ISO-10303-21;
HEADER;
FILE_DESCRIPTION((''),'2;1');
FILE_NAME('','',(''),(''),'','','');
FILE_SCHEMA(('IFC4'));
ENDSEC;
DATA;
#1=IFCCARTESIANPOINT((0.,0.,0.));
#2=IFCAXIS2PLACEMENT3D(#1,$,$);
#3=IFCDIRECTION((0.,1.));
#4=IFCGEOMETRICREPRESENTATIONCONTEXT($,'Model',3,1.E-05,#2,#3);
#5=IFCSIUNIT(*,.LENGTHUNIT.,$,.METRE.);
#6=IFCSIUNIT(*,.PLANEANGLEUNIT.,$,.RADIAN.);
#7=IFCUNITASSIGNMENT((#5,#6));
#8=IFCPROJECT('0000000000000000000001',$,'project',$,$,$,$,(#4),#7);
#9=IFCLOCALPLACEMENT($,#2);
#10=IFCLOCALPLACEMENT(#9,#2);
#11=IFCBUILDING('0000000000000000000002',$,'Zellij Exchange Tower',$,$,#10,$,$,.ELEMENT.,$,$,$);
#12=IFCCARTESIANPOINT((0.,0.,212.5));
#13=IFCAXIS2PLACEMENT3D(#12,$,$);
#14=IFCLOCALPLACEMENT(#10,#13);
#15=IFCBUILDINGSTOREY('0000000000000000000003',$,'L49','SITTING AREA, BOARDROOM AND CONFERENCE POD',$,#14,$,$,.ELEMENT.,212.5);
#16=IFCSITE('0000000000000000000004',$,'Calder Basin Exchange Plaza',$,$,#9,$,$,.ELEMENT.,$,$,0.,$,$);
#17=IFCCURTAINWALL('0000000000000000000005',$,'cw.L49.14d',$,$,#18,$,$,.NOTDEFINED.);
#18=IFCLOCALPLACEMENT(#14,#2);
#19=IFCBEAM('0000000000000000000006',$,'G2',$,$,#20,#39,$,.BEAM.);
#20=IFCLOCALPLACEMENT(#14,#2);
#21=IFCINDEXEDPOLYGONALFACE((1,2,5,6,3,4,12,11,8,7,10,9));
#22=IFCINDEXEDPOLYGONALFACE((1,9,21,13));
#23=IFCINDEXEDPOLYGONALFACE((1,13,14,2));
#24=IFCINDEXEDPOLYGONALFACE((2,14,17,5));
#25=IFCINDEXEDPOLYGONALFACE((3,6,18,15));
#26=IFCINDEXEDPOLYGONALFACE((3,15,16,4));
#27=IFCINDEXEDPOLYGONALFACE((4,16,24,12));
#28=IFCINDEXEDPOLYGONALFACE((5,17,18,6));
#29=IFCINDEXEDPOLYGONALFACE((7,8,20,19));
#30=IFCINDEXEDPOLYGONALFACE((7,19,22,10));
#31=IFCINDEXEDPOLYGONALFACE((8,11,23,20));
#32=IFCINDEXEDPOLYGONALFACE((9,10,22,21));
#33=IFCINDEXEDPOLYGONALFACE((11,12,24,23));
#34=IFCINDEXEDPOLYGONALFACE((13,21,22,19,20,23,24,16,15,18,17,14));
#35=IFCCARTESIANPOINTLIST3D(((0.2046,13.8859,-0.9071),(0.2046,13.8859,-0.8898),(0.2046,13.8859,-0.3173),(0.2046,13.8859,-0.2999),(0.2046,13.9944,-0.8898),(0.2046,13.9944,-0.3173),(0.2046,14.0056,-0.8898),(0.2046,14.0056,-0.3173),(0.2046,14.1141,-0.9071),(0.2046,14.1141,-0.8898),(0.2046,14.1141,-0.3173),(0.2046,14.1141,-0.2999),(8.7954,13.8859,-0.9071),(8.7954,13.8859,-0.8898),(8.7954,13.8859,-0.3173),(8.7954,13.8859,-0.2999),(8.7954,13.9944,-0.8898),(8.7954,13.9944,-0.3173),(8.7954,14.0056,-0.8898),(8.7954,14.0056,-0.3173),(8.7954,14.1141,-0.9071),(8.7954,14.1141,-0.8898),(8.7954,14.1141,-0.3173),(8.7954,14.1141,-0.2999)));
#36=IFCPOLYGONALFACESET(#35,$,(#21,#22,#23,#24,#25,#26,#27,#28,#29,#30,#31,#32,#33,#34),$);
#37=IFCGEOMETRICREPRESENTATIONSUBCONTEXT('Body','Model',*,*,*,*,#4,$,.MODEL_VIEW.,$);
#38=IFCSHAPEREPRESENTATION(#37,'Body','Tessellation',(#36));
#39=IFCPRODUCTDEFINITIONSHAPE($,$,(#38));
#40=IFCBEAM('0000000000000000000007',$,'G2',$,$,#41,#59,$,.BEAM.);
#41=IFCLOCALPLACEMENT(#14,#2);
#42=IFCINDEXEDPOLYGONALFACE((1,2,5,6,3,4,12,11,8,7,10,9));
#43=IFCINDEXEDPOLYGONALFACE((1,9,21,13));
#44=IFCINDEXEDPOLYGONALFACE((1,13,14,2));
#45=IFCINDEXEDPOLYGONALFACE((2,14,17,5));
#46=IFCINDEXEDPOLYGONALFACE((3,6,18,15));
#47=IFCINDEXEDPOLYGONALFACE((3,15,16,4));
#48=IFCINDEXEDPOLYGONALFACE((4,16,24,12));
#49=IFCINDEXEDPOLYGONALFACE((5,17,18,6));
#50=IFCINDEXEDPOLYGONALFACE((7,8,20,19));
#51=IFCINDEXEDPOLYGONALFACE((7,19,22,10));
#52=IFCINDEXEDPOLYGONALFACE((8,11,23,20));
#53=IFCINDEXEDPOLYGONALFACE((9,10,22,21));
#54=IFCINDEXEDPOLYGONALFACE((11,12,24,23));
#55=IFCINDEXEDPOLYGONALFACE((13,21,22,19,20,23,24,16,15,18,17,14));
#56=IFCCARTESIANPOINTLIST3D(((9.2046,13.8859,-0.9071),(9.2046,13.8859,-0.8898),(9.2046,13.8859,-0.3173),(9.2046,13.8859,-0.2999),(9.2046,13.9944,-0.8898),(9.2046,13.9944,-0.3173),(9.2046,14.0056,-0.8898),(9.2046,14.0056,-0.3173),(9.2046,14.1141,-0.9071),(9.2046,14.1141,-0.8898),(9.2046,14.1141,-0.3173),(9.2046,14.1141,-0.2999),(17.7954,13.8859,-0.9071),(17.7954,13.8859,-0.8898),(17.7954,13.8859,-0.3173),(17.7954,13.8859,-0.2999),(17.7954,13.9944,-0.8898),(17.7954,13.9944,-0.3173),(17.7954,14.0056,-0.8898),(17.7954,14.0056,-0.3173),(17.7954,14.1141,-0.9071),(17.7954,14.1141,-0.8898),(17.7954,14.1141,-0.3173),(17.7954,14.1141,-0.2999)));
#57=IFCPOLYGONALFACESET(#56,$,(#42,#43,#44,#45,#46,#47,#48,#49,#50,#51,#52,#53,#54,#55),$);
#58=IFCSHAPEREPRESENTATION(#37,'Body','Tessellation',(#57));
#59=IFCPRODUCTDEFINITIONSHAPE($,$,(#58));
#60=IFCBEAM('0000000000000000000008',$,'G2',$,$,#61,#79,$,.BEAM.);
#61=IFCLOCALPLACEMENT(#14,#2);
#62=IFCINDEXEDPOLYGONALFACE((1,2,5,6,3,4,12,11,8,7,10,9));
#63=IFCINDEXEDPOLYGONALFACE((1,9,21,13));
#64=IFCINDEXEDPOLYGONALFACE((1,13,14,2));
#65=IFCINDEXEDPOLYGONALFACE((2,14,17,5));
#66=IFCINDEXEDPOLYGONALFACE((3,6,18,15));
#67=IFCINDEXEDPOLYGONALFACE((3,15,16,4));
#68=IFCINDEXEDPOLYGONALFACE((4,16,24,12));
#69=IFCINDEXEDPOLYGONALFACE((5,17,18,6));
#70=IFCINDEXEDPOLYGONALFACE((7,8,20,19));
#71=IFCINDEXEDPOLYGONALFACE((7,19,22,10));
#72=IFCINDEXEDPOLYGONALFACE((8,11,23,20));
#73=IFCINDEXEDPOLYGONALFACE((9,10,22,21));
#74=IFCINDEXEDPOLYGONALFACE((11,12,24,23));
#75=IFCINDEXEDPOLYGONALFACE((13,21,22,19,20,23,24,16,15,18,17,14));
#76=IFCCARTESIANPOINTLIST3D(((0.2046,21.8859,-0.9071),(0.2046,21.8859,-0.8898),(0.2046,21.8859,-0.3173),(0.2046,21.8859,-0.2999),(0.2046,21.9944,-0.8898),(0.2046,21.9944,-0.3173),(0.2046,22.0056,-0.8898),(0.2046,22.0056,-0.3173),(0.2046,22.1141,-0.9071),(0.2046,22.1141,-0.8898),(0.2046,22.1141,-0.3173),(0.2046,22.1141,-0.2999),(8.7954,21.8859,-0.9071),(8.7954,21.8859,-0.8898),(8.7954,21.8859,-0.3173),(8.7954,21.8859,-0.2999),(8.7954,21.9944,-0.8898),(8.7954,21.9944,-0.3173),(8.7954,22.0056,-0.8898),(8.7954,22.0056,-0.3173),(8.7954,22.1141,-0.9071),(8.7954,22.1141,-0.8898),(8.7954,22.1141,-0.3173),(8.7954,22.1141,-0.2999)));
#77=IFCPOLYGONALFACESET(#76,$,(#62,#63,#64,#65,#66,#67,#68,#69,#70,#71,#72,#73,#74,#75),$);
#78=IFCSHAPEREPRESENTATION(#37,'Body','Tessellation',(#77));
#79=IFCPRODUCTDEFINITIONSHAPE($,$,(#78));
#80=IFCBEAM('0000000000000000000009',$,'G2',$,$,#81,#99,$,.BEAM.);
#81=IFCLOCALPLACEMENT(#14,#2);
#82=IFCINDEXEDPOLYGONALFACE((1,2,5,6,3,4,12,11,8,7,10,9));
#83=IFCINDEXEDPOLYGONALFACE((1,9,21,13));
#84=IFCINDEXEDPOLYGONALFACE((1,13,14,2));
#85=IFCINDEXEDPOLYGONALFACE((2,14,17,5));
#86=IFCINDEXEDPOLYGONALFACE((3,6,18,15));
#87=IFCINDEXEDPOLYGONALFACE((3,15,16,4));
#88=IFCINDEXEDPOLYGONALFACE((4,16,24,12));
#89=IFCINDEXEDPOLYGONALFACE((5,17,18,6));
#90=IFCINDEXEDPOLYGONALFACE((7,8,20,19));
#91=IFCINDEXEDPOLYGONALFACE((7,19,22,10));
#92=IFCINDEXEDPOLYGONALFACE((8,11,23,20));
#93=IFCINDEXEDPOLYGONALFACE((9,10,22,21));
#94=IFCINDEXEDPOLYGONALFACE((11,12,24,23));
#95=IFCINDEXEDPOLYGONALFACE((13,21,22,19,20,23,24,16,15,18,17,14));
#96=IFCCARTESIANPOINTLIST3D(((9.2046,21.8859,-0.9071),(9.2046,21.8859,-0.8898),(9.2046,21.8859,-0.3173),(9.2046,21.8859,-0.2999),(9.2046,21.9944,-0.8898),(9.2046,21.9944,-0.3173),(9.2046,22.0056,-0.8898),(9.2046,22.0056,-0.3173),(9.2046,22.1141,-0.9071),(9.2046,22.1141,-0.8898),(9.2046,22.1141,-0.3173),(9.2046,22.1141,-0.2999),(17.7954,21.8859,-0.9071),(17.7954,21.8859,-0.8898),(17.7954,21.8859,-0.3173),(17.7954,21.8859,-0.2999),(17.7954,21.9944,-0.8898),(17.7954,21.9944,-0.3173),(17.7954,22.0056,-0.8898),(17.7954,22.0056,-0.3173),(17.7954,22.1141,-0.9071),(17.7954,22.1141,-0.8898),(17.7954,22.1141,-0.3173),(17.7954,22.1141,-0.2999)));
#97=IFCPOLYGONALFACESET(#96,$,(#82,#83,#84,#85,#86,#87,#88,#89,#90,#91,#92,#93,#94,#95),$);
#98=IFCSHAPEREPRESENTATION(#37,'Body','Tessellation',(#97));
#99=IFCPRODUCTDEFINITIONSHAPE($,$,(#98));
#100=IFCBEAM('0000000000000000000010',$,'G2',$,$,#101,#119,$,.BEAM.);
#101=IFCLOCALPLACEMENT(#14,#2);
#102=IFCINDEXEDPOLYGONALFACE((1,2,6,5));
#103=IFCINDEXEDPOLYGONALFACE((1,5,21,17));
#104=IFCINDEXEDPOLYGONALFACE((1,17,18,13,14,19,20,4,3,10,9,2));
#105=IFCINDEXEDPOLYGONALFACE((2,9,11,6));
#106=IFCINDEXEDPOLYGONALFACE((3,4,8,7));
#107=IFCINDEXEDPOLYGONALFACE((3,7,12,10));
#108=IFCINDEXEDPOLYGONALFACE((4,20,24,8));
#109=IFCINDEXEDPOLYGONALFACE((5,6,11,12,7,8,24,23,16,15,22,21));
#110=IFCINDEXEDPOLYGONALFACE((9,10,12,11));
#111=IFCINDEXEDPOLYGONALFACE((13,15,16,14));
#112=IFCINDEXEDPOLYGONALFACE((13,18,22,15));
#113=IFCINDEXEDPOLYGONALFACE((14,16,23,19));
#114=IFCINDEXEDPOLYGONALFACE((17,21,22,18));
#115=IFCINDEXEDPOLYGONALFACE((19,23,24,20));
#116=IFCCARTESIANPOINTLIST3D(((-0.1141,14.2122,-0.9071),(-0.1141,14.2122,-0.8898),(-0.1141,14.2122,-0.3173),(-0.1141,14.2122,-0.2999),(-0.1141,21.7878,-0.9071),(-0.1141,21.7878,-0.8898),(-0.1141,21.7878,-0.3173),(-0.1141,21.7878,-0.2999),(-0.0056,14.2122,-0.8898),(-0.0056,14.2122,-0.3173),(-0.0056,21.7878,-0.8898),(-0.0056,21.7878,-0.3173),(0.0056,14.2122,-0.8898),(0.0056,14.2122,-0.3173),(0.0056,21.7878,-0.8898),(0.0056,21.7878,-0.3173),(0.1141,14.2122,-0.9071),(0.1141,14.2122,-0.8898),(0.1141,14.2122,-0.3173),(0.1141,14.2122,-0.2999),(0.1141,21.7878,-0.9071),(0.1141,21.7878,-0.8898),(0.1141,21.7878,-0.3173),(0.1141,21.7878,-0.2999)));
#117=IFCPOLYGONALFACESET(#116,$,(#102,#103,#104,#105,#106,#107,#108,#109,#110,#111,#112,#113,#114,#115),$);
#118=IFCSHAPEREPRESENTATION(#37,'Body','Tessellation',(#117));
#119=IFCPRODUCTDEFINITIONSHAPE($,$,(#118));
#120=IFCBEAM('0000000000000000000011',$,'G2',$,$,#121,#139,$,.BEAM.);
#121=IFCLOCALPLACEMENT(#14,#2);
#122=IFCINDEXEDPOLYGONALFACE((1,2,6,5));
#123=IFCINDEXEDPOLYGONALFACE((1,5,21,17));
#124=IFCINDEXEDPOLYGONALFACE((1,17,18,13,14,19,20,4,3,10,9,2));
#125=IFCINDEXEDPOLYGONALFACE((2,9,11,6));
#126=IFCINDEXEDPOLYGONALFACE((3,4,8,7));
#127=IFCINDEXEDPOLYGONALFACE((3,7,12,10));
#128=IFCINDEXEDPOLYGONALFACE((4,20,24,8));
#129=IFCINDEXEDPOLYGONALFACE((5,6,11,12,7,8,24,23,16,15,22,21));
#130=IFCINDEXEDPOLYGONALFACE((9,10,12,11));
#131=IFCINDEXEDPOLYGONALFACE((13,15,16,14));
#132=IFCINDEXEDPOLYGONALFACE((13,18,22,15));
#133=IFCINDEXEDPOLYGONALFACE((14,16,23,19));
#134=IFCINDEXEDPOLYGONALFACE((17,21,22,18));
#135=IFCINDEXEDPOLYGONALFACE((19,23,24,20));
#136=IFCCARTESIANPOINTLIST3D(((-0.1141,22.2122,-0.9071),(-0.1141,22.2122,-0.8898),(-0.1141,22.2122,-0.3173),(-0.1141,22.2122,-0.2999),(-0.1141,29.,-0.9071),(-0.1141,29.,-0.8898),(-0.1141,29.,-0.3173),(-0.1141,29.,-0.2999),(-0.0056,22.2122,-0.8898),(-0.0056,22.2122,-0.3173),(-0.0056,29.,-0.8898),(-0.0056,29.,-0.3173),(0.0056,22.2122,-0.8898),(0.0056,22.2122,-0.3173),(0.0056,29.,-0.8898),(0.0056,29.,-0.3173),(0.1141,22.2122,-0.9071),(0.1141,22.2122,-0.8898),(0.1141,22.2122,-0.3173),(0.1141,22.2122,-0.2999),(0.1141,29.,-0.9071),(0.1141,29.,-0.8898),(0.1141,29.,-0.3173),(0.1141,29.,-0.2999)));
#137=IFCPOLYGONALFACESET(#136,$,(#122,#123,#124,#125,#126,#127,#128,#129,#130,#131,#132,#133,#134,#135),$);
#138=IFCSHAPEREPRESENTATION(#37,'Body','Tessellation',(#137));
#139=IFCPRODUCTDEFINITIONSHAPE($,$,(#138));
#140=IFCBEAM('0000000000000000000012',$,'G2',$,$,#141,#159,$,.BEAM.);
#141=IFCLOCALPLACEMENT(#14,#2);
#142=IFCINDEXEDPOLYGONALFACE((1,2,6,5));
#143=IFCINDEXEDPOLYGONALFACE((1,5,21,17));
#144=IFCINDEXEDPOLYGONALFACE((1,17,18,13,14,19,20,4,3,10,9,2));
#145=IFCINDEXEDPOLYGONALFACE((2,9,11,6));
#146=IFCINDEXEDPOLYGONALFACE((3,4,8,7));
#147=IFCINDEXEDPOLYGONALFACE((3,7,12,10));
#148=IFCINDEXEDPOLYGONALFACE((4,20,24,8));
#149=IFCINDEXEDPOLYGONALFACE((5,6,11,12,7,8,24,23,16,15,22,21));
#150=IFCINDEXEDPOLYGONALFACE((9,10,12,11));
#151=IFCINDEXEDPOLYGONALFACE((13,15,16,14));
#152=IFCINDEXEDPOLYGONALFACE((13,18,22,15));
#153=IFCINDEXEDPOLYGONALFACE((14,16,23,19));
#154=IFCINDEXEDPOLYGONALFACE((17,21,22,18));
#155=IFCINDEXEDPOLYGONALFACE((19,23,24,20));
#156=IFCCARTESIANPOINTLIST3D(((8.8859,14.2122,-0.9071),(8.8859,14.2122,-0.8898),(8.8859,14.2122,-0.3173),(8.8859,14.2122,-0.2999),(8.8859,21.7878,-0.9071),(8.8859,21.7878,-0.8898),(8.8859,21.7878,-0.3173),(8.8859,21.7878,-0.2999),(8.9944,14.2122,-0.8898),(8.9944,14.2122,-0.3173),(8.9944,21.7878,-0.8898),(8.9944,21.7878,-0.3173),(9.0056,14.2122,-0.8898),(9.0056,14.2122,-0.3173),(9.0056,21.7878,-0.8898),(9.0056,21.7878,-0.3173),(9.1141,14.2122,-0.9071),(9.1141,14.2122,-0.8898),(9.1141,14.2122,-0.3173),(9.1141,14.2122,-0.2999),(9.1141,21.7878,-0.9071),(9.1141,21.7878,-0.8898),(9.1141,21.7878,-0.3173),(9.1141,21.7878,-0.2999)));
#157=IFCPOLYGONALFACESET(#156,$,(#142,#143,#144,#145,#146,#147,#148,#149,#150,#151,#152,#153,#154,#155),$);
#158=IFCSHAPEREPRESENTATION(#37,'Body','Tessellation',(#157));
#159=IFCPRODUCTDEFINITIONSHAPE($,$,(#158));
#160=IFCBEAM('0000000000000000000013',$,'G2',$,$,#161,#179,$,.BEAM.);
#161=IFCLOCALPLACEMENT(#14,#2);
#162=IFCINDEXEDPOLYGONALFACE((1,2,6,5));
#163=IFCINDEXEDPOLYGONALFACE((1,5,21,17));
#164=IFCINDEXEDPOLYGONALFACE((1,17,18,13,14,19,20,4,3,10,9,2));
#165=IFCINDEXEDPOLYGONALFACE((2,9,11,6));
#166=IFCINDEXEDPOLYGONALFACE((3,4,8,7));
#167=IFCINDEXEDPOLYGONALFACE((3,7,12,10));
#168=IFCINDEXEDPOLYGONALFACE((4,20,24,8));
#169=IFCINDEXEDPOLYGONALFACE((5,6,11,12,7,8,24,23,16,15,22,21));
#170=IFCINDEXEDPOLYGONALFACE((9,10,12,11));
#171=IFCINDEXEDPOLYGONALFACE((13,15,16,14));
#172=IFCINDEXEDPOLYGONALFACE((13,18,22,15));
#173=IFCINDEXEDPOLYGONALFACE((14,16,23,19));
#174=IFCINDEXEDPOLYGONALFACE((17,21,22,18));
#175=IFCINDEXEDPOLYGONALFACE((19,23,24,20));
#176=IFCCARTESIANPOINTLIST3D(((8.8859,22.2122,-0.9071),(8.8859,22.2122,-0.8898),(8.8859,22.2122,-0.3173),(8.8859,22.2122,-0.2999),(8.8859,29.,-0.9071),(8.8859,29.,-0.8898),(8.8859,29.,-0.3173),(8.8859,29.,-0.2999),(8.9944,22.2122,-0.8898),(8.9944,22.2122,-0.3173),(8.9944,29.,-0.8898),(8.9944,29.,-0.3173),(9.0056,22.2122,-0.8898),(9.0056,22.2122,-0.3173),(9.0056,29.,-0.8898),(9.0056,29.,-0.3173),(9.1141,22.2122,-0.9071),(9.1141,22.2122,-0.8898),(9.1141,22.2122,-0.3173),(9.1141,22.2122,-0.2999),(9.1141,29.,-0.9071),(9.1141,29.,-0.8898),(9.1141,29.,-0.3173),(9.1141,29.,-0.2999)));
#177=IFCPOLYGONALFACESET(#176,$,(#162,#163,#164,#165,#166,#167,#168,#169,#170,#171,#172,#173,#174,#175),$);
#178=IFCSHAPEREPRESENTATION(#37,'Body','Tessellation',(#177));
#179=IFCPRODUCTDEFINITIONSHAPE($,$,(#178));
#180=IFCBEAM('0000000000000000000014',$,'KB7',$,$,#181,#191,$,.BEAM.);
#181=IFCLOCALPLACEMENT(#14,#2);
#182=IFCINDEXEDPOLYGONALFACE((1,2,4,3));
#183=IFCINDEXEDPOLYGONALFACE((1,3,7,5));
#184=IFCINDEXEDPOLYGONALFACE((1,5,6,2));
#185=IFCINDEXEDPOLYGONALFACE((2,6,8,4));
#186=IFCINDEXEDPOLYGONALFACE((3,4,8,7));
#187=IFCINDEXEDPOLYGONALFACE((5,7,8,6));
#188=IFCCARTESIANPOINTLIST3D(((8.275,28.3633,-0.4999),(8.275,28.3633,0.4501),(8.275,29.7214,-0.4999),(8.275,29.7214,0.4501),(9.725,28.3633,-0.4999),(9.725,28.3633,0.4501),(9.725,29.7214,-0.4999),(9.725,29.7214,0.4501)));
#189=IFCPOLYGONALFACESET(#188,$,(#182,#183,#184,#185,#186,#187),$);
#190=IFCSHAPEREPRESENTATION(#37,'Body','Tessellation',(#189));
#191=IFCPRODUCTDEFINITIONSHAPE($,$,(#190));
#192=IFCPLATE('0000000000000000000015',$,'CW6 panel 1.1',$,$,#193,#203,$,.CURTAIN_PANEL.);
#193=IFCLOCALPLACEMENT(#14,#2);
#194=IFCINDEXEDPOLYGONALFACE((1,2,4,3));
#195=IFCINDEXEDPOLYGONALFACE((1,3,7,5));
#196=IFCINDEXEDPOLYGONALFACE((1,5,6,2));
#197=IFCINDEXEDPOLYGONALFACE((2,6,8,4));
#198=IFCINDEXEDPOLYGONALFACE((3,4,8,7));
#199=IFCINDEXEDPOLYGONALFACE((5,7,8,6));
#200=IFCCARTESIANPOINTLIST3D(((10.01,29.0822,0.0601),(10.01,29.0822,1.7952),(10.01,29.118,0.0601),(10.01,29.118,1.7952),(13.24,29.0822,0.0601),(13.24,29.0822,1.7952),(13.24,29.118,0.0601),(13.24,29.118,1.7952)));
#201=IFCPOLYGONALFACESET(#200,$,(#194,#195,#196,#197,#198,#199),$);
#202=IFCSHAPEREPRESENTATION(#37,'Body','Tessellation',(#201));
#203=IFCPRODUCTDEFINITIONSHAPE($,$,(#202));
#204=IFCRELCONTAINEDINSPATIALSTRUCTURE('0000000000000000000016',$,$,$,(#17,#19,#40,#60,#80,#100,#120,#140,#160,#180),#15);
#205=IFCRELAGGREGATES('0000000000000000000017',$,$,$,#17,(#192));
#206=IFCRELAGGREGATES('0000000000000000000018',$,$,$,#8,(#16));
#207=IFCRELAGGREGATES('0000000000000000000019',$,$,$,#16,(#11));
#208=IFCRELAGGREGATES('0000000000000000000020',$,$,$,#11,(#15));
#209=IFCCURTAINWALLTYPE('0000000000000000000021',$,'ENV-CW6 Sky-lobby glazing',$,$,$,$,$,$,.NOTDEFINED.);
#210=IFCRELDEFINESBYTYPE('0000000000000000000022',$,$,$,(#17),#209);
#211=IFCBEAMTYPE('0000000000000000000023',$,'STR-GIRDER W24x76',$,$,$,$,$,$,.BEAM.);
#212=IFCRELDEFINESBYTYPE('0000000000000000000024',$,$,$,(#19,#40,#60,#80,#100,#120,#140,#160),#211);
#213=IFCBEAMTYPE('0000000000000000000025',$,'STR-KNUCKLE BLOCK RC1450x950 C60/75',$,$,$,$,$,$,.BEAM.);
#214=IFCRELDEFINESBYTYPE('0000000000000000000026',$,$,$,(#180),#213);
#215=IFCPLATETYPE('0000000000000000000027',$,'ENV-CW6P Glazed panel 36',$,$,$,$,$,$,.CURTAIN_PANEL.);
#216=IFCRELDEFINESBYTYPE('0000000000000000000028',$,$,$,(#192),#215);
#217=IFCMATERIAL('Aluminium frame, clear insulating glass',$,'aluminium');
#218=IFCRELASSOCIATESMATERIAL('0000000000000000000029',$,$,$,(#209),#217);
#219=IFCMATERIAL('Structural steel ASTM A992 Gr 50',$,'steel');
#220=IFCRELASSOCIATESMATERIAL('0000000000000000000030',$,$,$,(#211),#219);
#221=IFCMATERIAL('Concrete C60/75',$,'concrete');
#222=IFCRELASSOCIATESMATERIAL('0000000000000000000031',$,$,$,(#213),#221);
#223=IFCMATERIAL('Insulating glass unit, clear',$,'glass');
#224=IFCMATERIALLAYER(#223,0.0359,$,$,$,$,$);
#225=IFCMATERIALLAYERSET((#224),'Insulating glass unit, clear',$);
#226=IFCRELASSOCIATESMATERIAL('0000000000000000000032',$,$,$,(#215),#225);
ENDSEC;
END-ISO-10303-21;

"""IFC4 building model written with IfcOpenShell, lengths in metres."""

from ifc_helpers import new_model, si_unit, direction, frame, origin, origin_2d, place, context, subcontext, project, spatial, rectangle, i_section, extrude, material, layer, layer_set, material_profile, profile_set, type_object, element, aggregate, save


model = new_model("IFC4")

# Units and contexts
model_context = context("Model", 3, precision=1e-05, world=origin(), true_north=direction((0.0, 1.0)))
body_context = subcontext(model_context, "Body", "Model", "MODEL_VIEW")
ifc_project = project(units=[si_unit("LENGTHUNIT", "METRE"), si_unit("PLANEANGLEUNIT", "RADIAN")], contexts=[model_context])

# Site, building, storey
site_placement = place(None, origin())
site = spatial("IfcSite", under=ifc_project, at=site_placement, Name="Calder Basin Exchange Plaza", CompositionType="ELEMENT", RefElevation=0.0)
building_placement = place(site_placement, origin())
building = spatial("IfcBuilding", under=site, at=building_placement, Name="Zellij Exchange Tower", CompositionType="ELEMENT")
storey_placement = place(building_placement, frame((0.0, 0.0, 212.5)))
storey = spatial("IfcBuildingStorey", under=building, at=storey_placement, Name="L49", Description="SITTING AREA, BOARDROOM AND CONFERENCE POD", CompositionType="ELEMENT", Elevation=212.5)

# Shared definitions
ifc_material_1 = material(Name="Concrete C60/75", Category="concrete")

# Curtain wall
ifc_material_2 = material(Name="Aluminium frame, clear insulating glass", Category="aluminium")
curtain_wall_type = type_object("IfcCurtainWallType", Name="ENV-CW6 Sky-lobby glazing", PredefinedType="NOTDEFINED", material=ifc_material_2)
curtain_wall_1_placement = place(storey_placement, origin())
curtain_wall_1 = element("IfcCurtainWall", 1, at=curtain_wall_1_placement, inside=storey, type_object=curtain_wall_type, Name="cw.L49.14d", PredefinedType="NOTDEFINED")

# Beams
ifc_material_3 = material(Name="Structural steel ASTM A992 Gr 50", Category="steel")
ifc_material_profile_1 = material_profile(ifc_material_3, i_section(OverallWidth=0.2283, OverallDepth=0.6072, WebThickness=0.0112, FlangeThickness=0.0173, at=origin_2d()), Name="W24x76")
ifc_profile_set_1 = profile_set([ifc_material_profile_1], Name="Structural steel ASTM A992 Gr 50")
beam_type_1 = type_object("IfcBeamType", Name="STR-GIRDER W24x76", PredefinedType="BEAM", material=ifc_profile_set_1)
for number, where, z_axis, x_axis, name in (
    (2, (0.2046, 14.0, -0.6035), (1.0, 0.0, 0.0), (0.0, 1.0, 0.0), "G2"),
    (3, (9.2046, 14.0, -0.6035), (1.0, 0.0, 0.0), (0.0, 1.0, 0.0), "G2"),
    (4, (0.2046, 22.0, -0.6035), (1.0, 0.0, 0.0), (0.0, 1.0, 0.0), "G2"),
    (5, (9.2046, 22.0, -0.6035), (1.0, 0.0, 0.0), (0.0, 1.0, 0.0), "G2"),
):
    element("IfcBeam", number, at=place(storey_placement, frame(where, z_axis=z_axis, x_axis=x_axis)), inside=storey, type_object=beam_type_1, Name=name, PredefinedType="BEAM", context=body_context, shape_type="SweptSolid", body=[
        extrude(i_section(OverallWidth=0.2283, OverallDepth=0.6072, WebThickness=0.0112, FlangeThickness=0.0173, at=origin_2d()), origin(), (0.0, 0.0, 1.0), 8.5908),
    ])
beam_1_placement = place(storey_placement, frame((0.0, 14.2122, -0.6035), z_axis=(0.0, 1.0, 0.0), x_axis=(-1.0, 0.0, 0.0)))
element("IfcBeam", 6, at=beam_1_placement, inside=storey, type_object=beam_type_1, Name="G2", PredefinedType="BEAM", context=body_context, shape_type="SweptSolid", body=[
    extrude(i_section(OverallWidth=0.2283, OverallDepth=0.6072, WebThickness=0.0112, FlangeThickness=0.0173, at=origin_2d()), origin(), (0.0, 0.0, 1.0), 7.5757),
])
beam_2_placement = place(storey_placement, frame((0.0, 22.2122, -0.6035), z_axis=(0.0, 1.0, 0.0), x_axis=(-1.0, 0.0, 0.0)))
element("IfcBeam", 7, at=beam_2_placement, inside=storey, type_object=beam_type_1, Name="G2", PredefinedType="BEAM", context=body_context, shape_type="SweptSolid", body=[
    extrude(i_section(OverallWidth=0.2283, OverallDepth=0.6072, WebThickness=0.0112, FlangeThickness=0.0173, at=origin_2d()), origin(), (0.0, 0.0, 1.0), 6.7878),
])
beam_3_placement = place(storey_placement, frame((9.0, 14.2122, -0.6035), z_axis=(0.0, 1.0, 0.0), x_axis=(-1.0, 0.0, 0.0)))
element("IfcBeam", 8, at=beam_3_placement, inside=storey, type_object=beam_type_1, Name="G2", PredefinedType="BEAM", context=body_context, shape_type="SweptSolid", body=[
    extrude(i_section(OverallWidth=0.2283, OverallDepth=0.6072, WebThickness=0.0112, FlangeThickness=0.0173, at=origin_2d()), origin(), (0.0, 0.0, 1.0), 7.5757),
])
beam_4_placement = place(storey_placement, frame((9.0, 22.2122, -0.6035), z_axis=(0.0, 1.0, 0.0), x_axis=(-1.0, 0.0, 0.0)))
element("IfcBeam", 9, at=beam_4_placement, inside=storey, type_object=beam_type_1, Name="G2", PredefinedType="BEAM", context=body_context, shape_type="SweptSolid", body=[
    extrude(i_section(OverallWidth=0.2283, OverallDepth=0.6072, WebThickness=0.0112, FlangeThickness=0.0173, at=origin_2d()), origin(), (0.0, 0.0, 1.0), 6.7878),
])
ifc_material_profile_2 = material_profile(ifc_material_1, rectangle(XDim=1.45, YDim=0.95, at=origin_2d()), Name="STR-KNUCKLE BLOCK RC1450x950 C60/75")
ifc_profile_set_2 = profile_set([ifc_material_profile_2], Name="Concrete C60/75")
beam_type_2 = type_object("IfcBeamType", Name="STR-KNUCKLE BLOCK RC1450x950 C60/75", PredefinedType="BEAM", material=ifc_profile_set_2)
beam_5_placement = place(storey_placement, frame((9.0, 28.3633, -0.0249), z_axis=(0.0, 1.0, 0.0), x_axis=(-1.0, 0.0, 0.0)))
element("IfcBeam", 10, at=beam_5_placement, inside=storey, type_object=beam_type_2, Name="KB7", PredefinedType="BEAM", context=body_context, shape_type="SweptSolid", body=[
    extrude(rectangle(XDim=1.45, YDim=0.95, at=origin_2d()), origin(), (0.0, 0.0, 1.0), 1.3582),
])

# Plate
ifc_material_4 = material(Name="Insulating glass unit, clear", Category="glass")
ifc_layer_1 = layer(ifc_material_4, 0.0359)
ifc_layer_set_1 = layer_set([ifc_layer_1], Name="Insulating glass unit, clear")
plate_type = type_object("IfcPlateType", Name="ENV-CW6P Glazed panel 36", PredefinedType="CURTAIN_PANEL", material=ifc_layer_set_1)
plate_1_placement = place(storey_placement, frame((11.625, 29.1001, 0.0601), z_axis=(0.0, 0.0, 1.0), x_axis=(-1.0, 0.0, 0.0)))
plate_1 = element("IfcPlate", 11, at=plate_1_placement, type_object=plate_type, Name="CW6 panel 1.1", PredefinedType="CURTAIN_PANEL", context=body_context, shape_type="SweptSolid", body=[
    extrude(rectangle(XDim=3.23, YDim=0.0359, at=origin_2d()), origin(), (0.0, 0.0, 1.0), 1.7351),
])
aggregate(curtain_wall_1, [plate_1])

save(model, "model.ifc")
